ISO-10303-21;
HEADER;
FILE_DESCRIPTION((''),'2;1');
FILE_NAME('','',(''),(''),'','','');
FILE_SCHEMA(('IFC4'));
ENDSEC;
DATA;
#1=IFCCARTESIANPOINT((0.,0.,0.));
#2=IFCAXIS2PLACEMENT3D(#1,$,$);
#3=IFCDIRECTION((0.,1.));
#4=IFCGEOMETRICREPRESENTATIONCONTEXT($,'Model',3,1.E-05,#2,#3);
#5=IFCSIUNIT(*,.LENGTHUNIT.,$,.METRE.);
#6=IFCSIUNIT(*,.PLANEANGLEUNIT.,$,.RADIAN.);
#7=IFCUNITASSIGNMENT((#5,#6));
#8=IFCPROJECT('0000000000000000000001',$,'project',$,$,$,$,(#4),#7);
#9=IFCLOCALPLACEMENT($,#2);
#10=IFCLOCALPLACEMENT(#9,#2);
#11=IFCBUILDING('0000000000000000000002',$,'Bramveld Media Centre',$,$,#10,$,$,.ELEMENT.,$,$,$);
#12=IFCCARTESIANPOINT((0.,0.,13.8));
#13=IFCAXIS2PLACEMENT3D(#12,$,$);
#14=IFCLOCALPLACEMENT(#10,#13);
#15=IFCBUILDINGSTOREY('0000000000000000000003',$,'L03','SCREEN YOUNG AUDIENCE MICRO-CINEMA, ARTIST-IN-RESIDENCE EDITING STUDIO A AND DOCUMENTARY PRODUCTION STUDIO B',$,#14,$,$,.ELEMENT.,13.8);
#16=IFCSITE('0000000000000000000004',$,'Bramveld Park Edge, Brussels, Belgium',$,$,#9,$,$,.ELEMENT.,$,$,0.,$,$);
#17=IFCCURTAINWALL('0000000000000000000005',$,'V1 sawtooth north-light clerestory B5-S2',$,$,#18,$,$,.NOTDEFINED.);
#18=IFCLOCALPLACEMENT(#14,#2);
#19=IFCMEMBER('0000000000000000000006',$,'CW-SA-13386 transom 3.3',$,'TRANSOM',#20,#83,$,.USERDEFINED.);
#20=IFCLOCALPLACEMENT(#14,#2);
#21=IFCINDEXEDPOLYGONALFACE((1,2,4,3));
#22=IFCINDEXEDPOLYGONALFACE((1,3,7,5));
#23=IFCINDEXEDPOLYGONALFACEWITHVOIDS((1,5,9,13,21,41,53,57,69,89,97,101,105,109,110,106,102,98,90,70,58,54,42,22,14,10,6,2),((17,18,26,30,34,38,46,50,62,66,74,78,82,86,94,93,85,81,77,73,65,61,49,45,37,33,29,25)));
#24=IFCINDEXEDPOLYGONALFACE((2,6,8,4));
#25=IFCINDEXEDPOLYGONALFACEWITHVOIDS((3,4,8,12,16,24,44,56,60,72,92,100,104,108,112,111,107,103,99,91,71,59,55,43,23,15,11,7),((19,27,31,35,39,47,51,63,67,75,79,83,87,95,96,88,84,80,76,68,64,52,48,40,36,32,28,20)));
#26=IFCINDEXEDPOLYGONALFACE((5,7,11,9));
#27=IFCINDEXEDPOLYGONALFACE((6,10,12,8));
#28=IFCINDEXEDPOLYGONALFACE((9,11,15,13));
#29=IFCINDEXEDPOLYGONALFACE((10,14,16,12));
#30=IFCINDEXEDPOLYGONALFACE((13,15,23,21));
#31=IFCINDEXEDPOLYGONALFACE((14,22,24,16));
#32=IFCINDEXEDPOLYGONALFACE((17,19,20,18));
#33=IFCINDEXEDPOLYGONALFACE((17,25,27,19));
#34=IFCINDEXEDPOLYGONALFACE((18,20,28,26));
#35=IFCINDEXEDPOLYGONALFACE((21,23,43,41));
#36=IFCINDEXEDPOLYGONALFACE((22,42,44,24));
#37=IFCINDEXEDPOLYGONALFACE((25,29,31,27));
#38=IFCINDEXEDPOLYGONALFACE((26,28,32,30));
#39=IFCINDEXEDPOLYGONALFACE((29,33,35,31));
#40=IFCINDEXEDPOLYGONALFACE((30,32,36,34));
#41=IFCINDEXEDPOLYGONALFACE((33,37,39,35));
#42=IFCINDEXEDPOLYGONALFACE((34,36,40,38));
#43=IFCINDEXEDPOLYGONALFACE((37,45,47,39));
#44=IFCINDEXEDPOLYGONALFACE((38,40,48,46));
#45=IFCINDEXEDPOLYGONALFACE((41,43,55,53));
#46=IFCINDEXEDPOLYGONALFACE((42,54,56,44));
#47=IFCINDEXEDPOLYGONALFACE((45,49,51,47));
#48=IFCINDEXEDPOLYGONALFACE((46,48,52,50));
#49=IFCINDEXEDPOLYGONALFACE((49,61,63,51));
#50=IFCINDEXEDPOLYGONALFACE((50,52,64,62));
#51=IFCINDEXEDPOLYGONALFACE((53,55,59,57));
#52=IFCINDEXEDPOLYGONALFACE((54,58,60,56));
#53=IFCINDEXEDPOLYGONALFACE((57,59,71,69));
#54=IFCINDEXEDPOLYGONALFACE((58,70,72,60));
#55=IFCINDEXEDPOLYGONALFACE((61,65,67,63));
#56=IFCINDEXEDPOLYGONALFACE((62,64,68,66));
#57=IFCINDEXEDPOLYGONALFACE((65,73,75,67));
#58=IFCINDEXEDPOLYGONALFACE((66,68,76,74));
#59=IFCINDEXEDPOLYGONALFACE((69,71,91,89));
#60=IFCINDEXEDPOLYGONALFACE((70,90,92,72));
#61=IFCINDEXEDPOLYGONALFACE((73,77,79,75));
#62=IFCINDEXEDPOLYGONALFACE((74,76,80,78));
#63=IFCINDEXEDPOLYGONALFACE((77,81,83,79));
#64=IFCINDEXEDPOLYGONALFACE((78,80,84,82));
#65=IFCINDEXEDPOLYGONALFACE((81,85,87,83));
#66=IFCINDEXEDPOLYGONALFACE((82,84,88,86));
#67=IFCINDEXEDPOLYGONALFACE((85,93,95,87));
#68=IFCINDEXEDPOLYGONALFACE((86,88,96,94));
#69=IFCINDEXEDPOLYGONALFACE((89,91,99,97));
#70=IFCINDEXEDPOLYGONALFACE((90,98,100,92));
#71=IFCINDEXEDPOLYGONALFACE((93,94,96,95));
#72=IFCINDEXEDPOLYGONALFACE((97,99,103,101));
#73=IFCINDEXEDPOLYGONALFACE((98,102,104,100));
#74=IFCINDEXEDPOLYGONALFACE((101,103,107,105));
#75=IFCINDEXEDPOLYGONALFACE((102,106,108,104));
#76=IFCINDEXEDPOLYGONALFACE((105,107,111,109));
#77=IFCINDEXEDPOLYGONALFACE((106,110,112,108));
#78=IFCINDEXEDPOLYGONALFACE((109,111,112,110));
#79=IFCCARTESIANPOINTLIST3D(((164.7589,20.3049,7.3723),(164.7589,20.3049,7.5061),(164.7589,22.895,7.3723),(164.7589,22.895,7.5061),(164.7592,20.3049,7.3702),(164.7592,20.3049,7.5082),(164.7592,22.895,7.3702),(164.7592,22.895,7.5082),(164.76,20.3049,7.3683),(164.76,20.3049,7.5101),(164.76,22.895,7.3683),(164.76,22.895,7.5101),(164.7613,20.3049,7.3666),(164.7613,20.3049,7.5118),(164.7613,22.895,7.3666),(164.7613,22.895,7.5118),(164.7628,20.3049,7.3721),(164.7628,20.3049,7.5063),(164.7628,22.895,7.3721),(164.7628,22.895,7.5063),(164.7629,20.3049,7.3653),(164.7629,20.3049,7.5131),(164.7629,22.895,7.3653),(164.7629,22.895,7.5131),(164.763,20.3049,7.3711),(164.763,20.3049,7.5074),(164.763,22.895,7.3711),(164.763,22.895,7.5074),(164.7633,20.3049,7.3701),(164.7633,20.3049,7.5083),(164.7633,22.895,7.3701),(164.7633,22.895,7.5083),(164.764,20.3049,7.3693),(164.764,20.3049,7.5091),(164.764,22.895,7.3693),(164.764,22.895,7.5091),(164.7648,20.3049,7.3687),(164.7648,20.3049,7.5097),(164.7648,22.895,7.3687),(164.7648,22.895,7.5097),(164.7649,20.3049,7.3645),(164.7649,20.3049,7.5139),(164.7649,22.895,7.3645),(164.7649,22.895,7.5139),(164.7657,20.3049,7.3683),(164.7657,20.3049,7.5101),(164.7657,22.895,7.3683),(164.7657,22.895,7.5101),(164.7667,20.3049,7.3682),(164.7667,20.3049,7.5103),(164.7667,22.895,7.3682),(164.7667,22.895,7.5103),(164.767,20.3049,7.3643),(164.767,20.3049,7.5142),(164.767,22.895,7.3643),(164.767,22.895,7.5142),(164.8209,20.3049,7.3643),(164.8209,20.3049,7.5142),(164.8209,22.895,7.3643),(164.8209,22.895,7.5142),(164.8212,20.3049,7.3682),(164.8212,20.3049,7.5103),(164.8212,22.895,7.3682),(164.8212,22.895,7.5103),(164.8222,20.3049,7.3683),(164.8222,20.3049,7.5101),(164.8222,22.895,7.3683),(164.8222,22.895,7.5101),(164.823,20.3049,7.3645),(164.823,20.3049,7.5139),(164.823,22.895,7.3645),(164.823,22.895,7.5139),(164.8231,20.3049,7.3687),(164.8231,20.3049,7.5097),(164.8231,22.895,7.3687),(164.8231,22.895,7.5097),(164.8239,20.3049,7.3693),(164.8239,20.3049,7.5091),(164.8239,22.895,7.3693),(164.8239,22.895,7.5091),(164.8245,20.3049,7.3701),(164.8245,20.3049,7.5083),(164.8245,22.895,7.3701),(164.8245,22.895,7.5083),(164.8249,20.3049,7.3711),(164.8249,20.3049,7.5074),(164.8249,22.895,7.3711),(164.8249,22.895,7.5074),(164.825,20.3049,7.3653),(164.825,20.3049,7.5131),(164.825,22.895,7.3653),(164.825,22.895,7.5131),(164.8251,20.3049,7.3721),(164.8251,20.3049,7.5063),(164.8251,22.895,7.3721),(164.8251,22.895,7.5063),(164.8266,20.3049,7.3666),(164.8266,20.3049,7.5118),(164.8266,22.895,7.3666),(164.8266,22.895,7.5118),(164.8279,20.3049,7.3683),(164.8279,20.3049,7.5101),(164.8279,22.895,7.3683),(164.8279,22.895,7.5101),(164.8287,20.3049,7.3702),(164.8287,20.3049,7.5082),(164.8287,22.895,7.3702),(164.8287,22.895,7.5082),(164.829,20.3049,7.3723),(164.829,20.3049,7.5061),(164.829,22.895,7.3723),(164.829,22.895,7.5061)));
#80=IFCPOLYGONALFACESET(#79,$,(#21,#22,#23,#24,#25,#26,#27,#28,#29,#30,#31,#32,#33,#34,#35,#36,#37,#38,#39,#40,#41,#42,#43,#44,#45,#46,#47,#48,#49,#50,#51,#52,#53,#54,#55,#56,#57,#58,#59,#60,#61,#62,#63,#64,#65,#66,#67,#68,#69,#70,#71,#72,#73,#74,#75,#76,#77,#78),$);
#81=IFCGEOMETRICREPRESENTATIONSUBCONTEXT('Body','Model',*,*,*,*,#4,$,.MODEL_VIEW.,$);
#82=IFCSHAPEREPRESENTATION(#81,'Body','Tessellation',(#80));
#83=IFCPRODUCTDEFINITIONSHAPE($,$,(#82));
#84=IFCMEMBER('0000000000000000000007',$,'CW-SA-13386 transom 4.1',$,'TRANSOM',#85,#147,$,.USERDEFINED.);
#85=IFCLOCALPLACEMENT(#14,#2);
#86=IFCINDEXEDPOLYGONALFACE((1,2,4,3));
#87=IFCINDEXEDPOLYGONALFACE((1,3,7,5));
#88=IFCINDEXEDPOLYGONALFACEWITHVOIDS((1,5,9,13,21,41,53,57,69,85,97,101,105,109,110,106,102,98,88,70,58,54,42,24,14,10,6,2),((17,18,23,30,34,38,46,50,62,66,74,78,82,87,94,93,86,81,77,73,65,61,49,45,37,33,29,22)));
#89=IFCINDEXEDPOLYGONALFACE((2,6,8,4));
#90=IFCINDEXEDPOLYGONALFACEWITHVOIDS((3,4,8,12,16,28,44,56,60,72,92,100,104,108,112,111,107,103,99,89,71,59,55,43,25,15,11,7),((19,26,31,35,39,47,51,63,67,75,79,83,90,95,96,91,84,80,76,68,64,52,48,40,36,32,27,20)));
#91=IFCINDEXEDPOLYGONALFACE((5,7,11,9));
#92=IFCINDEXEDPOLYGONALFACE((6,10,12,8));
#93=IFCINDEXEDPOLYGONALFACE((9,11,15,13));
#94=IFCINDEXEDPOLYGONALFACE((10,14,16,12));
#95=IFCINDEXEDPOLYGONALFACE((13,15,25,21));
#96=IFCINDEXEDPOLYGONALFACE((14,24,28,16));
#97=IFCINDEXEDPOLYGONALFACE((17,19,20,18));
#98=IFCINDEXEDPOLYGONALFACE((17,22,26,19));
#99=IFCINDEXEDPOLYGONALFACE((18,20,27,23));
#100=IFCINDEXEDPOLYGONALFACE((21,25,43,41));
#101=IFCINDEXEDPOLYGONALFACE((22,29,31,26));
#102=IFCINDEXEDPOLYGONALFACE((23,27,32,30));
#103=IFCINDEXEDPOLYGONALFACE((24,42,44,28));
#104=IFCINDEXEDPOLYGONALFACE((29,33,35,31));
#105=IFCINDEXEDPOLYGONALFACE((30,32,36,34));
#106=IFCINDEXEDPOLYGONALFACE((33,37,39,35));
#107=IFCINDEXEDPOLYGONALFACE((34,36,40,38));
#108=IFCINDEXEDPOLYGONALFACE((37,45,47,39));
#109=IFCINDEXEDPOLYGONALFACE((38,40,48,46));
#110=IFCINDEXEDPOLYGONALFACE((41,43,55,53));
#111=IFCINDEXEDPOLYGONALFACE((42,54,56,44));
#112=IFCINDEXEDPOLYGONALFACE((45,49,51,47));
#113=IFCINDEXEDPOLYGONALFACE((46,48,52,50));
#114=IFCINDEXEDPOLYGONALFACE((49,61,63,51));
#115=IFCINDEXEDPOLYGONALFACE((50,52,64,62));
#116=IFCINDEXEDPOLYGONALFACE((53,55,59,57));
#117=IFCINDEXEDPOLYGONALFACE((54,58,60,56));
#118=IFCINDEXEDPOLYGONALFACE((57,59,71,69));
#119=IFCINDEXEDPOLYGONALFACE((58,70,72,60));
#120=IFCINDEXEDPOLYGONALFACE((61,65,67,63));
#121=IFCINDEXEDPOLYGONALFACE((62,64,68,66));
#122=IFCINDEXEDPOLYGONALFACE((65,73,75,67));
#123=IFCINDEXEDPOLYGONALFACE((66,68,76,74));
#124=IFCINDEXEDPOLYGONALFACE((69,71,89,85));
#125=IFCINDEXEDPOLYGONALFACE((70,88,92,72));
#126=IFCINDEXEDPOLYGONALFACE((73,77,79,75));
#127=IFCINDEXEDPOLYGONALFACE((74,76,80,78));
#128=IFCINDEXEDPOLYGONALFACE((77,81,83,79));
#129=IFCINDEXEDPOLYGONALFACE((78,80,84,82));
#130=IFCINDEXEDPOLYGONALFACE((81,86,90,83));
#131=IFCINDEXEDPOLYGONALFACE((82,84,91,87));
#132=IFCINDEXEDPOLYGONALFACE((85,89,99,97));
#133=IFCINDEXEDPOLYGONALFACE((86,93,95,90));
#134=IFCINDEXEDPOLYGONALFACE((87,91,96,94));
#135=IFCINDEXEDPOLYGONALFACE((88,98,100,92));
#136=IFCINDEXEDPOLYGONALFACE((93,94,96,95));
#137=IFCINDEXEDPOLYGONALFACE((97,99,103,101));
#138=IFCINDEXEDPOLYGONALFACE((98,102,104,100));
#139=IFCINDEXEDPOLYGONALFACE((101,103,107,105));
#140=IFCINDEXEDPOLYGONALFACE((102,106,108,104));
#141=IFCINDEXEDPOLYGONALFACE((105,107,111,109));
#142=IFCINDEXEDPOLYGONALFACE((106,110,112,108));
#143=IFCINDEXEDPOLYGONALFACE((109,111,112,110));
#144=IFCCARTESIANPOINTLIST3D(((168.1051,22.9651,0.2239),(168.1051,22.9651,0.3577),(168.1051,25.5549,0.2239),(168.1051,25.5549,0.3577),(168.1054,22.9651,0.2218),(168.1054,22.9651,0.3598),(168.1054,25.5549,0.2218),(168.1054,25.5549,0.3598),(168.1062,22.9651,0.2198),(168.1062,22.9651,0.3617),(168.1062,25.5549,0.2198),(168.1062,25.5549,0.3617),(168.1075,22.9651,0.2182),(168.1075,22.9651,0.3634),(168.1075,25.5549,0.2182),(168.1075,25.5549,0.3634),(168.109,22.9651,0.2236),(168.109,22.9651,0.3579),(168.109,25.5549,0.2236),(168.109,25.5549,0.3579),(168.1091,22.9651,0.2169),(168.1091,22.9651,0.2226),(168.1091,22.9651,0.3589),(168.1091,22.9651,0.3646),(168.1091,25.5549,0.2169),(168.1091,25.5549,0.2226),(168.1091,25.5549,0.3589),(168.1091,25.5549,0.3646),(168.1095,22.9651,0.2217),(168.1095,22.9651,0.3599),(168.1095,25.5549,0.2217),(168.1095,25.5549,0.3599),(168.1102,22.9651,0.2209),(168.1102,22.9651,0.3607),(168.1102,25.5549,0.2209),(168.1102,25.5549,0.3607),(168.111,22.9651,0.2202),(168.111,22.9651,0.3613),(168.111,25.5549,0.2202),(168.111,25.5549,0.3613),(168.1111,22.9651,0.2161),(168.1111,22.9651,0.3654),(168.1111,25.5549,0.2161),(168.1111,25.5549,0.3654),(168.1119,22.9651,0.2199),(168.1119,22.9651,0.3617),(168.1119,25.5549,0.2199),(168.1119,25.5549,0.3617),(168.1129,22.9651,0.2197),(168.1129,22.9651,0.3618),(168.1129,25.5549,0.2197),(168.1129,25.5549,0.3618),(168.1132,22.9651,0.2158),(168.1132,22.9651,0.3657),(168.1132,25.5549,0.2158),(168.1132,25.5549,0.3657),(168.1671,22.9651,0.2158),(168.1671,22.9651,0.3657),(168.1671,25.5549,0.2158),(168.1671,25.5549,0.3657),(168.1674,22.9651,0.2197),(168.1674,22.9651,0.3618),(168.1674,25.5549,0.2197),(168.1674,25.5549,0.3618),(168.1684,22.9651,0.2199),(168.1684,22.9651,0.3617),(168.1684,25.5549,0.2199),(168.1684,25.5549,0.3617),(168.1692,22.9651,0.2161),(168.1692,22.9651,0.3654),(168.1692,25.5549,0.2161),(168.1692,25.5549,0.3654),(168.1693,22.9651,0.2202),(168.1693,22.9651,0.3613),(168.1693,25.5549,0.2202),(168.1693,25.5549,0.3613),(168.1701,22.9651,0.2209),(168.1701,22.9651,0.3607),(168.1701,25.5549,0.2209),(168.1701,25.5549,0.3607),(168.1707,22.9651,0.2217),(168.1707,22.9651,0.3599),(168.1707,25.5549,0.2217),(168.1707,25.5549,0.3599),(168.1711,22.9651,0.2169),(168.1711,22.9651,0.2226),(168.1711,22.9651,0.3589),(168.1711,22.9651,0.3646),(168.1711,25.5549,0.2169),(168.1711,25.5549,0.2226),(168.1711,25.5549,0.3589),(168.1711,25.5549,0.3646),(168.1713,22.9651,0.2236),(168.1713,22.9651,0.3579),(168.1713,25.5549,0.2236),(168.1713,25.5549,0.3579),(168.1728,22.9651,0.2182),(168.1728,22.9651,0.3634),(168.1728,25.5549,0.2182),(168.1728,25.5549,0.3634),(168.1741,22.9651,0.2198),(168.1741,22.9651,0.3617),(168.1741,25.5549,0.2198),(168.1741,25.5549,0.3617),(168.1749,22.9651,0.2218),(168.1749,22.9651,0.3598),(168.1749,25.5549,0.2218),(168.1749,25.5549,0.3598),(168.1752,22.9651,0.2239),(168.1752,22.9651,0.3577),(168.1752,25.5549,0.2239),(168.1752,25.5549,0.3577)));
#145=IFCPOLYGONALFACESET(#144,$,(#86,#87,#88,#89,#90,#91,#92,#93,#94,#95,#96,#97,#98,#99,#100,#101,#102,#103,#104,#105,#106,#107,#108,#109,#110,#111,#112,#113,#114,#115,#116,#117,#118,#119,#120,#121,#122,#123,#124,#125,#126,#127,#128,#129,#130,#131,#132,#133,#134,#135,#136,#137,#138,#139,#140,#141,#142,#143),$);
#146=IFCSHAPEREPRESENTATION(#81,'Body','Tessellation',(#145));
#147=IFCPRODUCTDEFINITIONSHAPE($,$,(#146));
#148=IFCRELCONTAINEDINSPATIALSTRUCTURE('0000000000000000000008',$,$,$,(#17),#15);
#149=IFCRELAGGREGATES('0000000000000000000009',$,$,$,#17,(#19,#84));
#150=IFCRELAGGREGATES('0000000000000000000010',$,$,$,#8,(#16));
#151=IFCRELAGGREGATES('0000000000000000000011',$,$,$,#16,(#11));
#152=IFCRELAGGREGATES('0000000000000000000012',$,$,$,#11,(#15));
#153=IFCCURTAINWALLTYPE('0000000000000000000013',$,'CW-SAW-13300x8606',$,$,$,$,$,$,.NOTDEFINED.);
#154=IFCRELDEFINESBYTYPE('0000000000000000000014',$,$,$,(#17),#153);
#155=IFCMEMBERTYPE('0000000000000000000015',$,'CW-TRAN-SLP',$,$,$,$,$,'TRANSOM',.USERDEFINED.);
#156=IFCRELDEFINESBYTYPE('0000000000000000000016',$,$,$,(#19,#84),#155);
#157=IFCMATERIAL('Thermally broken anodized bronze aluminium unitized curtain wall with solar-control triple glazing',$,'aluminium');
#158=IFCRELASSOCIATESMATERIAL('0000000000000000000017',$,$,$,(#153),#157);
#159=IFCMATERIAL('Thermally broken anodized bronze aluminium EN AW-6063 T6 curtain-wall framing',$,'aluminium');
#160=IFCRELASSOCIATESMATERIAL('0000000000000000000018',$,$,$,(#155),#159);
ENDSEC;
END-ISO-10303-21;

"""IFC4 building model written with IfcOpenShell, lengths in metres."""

from ifc_helpers import new_model, si_unit, direction, frame, origin, origin_2d, place, context, subcontext, project, spatial, hollow_rectangle, extrude, material, material_profile, profile_set, type_object, element, aggregate, save


model = new_model("IFC4")

# Units and contexts
model_context = context("Model", 3, precision=1e-05, world=origin(), true_north=direction((0.0, 1.0)))
body_context = subcontext(model_context, "Body", "Model", "MODEL_VIEW")
ifc_project = project(units=[si_unit("LENGTHUNIT", "METRE"), si_unit("PLANEANGLEUNIT", "RADIAN")], contexts=[model_context])

# Site, building, storey
site_placement = place(None, origin())
site = spatial("IfcSite", under=ifc_project, at=site_placement, Name="Bramveld Park Edge, Brussels, Belgium", CompositionType="ELEMENT", RefElevation=0.0)
building_placement = place(site_placement, origin())
building = spatial("IfcBuilding", under=site, at=building_placement, Name="Bramveld Media Centre", CompositionType="ELEMENT")
storey_placement = place(building_placement, frame((0.0, 0.0, 13.8)))
storey = spatial("IfcBuildingStorey", under=building, at=storey_placement, Name="L03", Description="SCREEN YOUNG AUDIENCE MICRO-CINEMA, ARTIST-IN-RESIDENCE EDITING STUDIO A AND DOCUMENTARY PRODUCTION STUDIO B", CompositionType="ELEMENT", Elevation=13.8)

# Curtain wall, members
ifc_material_1 = material(Name="Thermally broken anodized bronze aluminium unitized curtain wall with solar-control triple glazing", Category="aluminium")
curtain_wall_type = type_object("IfcCurtainWallType", Name="CW-SAW-13300x8606", PredefinedType="NOTDEFINED", material=ifc_material_1)
curtain_wall_placement = place(storey_placement, origin())
curtain_wall = element("IfcCurtainWall", 1, at=curtain_wall_placement, inside=storey, type_object=curtain_wall_type, Name="V1 sawtooth north-light clerestory B5-S2", PredefinedType="NOTDEFINED")
ifc_material_2 = material(Name="Thermally broken anodized bronze aluminium EN AW-6063 T6 curtain-wall framing", Category="aluminium")
ifc_material_profile_1 = material_profile(ifc_material_2, hollow_rectangle(XDim=0.0701, YDim=0.1499, WallThickness=0.0039, InnerFilletRadius=0.0039, OuterFilletRadius=0.0081, at=origin_2d()), Name="AL-TRAN 70x150")
ifc_profile_set_1 = profile_set([ifc_material_profile_1], Name="Thermally broken anodized bronze aluminium EN AW-6063 T6 curtain-wall framing")
member_type_1 = type_object("IfcMemberType", Name="CW-TRAN-SLP", ElementType="TRANSOM", PredefinedType="USERDEFINED", material=ifc_profile_set_1)
member_1_placement = place(storey_placement, frame((164.7939, 20.3049, 7.4392), z_axis=(0.0, 1.0, 0.0), x_axis=(-1.0, 0.0, 0.0)))
member_1 = element("IfcMember", 2, at=member_1_placement, type_object=member_type_1, Name="CW-SA-13386 transom 3.3", ObjectType="TRANSOM", PredefinedType="USERDEFINED", context=body_context, shape_type="SweptSolid", body=[
    extrude(hollow_rectangle(XDim=0.0701, YDim=0.1499, WallThickness=0.0039, InnerFilletRadius=0.0039, OuterFilletRadius=0.0081, at=origin_2d()), origin(), (0.0, 0.0, 1.0), 2.5901),
])
member_2_placement = place(storey_placement, frame((168.1401, 22.9651, 0.2908), z_axis=(0.0, 1.0, 0.0), x_axis=(-1.0, 0.0, 0.0)))
member_2 = element("IfcMember", 3, at=member_2_placement, type_object=member_type_1, Name="CW-SA-13386 transom 4.1", ObjectType="TRANSOM", PredefinedType="USERDEFINED", context=body_context, shape_type="SweptSolid", body=[
    extrude(hollow_rectangle(XDim=0.0701, YDim=0.1499, WallThickness=0.0039, InnerFilletRadius=0.0039, OuterFilletRadius=0.0081, at=origin_2d()), origin(), (0.0, 0.0, 1.0), 2.5898),
])

aggregate(curtain_wall, [member_1, member_2])

save(model, "model.ifc")
